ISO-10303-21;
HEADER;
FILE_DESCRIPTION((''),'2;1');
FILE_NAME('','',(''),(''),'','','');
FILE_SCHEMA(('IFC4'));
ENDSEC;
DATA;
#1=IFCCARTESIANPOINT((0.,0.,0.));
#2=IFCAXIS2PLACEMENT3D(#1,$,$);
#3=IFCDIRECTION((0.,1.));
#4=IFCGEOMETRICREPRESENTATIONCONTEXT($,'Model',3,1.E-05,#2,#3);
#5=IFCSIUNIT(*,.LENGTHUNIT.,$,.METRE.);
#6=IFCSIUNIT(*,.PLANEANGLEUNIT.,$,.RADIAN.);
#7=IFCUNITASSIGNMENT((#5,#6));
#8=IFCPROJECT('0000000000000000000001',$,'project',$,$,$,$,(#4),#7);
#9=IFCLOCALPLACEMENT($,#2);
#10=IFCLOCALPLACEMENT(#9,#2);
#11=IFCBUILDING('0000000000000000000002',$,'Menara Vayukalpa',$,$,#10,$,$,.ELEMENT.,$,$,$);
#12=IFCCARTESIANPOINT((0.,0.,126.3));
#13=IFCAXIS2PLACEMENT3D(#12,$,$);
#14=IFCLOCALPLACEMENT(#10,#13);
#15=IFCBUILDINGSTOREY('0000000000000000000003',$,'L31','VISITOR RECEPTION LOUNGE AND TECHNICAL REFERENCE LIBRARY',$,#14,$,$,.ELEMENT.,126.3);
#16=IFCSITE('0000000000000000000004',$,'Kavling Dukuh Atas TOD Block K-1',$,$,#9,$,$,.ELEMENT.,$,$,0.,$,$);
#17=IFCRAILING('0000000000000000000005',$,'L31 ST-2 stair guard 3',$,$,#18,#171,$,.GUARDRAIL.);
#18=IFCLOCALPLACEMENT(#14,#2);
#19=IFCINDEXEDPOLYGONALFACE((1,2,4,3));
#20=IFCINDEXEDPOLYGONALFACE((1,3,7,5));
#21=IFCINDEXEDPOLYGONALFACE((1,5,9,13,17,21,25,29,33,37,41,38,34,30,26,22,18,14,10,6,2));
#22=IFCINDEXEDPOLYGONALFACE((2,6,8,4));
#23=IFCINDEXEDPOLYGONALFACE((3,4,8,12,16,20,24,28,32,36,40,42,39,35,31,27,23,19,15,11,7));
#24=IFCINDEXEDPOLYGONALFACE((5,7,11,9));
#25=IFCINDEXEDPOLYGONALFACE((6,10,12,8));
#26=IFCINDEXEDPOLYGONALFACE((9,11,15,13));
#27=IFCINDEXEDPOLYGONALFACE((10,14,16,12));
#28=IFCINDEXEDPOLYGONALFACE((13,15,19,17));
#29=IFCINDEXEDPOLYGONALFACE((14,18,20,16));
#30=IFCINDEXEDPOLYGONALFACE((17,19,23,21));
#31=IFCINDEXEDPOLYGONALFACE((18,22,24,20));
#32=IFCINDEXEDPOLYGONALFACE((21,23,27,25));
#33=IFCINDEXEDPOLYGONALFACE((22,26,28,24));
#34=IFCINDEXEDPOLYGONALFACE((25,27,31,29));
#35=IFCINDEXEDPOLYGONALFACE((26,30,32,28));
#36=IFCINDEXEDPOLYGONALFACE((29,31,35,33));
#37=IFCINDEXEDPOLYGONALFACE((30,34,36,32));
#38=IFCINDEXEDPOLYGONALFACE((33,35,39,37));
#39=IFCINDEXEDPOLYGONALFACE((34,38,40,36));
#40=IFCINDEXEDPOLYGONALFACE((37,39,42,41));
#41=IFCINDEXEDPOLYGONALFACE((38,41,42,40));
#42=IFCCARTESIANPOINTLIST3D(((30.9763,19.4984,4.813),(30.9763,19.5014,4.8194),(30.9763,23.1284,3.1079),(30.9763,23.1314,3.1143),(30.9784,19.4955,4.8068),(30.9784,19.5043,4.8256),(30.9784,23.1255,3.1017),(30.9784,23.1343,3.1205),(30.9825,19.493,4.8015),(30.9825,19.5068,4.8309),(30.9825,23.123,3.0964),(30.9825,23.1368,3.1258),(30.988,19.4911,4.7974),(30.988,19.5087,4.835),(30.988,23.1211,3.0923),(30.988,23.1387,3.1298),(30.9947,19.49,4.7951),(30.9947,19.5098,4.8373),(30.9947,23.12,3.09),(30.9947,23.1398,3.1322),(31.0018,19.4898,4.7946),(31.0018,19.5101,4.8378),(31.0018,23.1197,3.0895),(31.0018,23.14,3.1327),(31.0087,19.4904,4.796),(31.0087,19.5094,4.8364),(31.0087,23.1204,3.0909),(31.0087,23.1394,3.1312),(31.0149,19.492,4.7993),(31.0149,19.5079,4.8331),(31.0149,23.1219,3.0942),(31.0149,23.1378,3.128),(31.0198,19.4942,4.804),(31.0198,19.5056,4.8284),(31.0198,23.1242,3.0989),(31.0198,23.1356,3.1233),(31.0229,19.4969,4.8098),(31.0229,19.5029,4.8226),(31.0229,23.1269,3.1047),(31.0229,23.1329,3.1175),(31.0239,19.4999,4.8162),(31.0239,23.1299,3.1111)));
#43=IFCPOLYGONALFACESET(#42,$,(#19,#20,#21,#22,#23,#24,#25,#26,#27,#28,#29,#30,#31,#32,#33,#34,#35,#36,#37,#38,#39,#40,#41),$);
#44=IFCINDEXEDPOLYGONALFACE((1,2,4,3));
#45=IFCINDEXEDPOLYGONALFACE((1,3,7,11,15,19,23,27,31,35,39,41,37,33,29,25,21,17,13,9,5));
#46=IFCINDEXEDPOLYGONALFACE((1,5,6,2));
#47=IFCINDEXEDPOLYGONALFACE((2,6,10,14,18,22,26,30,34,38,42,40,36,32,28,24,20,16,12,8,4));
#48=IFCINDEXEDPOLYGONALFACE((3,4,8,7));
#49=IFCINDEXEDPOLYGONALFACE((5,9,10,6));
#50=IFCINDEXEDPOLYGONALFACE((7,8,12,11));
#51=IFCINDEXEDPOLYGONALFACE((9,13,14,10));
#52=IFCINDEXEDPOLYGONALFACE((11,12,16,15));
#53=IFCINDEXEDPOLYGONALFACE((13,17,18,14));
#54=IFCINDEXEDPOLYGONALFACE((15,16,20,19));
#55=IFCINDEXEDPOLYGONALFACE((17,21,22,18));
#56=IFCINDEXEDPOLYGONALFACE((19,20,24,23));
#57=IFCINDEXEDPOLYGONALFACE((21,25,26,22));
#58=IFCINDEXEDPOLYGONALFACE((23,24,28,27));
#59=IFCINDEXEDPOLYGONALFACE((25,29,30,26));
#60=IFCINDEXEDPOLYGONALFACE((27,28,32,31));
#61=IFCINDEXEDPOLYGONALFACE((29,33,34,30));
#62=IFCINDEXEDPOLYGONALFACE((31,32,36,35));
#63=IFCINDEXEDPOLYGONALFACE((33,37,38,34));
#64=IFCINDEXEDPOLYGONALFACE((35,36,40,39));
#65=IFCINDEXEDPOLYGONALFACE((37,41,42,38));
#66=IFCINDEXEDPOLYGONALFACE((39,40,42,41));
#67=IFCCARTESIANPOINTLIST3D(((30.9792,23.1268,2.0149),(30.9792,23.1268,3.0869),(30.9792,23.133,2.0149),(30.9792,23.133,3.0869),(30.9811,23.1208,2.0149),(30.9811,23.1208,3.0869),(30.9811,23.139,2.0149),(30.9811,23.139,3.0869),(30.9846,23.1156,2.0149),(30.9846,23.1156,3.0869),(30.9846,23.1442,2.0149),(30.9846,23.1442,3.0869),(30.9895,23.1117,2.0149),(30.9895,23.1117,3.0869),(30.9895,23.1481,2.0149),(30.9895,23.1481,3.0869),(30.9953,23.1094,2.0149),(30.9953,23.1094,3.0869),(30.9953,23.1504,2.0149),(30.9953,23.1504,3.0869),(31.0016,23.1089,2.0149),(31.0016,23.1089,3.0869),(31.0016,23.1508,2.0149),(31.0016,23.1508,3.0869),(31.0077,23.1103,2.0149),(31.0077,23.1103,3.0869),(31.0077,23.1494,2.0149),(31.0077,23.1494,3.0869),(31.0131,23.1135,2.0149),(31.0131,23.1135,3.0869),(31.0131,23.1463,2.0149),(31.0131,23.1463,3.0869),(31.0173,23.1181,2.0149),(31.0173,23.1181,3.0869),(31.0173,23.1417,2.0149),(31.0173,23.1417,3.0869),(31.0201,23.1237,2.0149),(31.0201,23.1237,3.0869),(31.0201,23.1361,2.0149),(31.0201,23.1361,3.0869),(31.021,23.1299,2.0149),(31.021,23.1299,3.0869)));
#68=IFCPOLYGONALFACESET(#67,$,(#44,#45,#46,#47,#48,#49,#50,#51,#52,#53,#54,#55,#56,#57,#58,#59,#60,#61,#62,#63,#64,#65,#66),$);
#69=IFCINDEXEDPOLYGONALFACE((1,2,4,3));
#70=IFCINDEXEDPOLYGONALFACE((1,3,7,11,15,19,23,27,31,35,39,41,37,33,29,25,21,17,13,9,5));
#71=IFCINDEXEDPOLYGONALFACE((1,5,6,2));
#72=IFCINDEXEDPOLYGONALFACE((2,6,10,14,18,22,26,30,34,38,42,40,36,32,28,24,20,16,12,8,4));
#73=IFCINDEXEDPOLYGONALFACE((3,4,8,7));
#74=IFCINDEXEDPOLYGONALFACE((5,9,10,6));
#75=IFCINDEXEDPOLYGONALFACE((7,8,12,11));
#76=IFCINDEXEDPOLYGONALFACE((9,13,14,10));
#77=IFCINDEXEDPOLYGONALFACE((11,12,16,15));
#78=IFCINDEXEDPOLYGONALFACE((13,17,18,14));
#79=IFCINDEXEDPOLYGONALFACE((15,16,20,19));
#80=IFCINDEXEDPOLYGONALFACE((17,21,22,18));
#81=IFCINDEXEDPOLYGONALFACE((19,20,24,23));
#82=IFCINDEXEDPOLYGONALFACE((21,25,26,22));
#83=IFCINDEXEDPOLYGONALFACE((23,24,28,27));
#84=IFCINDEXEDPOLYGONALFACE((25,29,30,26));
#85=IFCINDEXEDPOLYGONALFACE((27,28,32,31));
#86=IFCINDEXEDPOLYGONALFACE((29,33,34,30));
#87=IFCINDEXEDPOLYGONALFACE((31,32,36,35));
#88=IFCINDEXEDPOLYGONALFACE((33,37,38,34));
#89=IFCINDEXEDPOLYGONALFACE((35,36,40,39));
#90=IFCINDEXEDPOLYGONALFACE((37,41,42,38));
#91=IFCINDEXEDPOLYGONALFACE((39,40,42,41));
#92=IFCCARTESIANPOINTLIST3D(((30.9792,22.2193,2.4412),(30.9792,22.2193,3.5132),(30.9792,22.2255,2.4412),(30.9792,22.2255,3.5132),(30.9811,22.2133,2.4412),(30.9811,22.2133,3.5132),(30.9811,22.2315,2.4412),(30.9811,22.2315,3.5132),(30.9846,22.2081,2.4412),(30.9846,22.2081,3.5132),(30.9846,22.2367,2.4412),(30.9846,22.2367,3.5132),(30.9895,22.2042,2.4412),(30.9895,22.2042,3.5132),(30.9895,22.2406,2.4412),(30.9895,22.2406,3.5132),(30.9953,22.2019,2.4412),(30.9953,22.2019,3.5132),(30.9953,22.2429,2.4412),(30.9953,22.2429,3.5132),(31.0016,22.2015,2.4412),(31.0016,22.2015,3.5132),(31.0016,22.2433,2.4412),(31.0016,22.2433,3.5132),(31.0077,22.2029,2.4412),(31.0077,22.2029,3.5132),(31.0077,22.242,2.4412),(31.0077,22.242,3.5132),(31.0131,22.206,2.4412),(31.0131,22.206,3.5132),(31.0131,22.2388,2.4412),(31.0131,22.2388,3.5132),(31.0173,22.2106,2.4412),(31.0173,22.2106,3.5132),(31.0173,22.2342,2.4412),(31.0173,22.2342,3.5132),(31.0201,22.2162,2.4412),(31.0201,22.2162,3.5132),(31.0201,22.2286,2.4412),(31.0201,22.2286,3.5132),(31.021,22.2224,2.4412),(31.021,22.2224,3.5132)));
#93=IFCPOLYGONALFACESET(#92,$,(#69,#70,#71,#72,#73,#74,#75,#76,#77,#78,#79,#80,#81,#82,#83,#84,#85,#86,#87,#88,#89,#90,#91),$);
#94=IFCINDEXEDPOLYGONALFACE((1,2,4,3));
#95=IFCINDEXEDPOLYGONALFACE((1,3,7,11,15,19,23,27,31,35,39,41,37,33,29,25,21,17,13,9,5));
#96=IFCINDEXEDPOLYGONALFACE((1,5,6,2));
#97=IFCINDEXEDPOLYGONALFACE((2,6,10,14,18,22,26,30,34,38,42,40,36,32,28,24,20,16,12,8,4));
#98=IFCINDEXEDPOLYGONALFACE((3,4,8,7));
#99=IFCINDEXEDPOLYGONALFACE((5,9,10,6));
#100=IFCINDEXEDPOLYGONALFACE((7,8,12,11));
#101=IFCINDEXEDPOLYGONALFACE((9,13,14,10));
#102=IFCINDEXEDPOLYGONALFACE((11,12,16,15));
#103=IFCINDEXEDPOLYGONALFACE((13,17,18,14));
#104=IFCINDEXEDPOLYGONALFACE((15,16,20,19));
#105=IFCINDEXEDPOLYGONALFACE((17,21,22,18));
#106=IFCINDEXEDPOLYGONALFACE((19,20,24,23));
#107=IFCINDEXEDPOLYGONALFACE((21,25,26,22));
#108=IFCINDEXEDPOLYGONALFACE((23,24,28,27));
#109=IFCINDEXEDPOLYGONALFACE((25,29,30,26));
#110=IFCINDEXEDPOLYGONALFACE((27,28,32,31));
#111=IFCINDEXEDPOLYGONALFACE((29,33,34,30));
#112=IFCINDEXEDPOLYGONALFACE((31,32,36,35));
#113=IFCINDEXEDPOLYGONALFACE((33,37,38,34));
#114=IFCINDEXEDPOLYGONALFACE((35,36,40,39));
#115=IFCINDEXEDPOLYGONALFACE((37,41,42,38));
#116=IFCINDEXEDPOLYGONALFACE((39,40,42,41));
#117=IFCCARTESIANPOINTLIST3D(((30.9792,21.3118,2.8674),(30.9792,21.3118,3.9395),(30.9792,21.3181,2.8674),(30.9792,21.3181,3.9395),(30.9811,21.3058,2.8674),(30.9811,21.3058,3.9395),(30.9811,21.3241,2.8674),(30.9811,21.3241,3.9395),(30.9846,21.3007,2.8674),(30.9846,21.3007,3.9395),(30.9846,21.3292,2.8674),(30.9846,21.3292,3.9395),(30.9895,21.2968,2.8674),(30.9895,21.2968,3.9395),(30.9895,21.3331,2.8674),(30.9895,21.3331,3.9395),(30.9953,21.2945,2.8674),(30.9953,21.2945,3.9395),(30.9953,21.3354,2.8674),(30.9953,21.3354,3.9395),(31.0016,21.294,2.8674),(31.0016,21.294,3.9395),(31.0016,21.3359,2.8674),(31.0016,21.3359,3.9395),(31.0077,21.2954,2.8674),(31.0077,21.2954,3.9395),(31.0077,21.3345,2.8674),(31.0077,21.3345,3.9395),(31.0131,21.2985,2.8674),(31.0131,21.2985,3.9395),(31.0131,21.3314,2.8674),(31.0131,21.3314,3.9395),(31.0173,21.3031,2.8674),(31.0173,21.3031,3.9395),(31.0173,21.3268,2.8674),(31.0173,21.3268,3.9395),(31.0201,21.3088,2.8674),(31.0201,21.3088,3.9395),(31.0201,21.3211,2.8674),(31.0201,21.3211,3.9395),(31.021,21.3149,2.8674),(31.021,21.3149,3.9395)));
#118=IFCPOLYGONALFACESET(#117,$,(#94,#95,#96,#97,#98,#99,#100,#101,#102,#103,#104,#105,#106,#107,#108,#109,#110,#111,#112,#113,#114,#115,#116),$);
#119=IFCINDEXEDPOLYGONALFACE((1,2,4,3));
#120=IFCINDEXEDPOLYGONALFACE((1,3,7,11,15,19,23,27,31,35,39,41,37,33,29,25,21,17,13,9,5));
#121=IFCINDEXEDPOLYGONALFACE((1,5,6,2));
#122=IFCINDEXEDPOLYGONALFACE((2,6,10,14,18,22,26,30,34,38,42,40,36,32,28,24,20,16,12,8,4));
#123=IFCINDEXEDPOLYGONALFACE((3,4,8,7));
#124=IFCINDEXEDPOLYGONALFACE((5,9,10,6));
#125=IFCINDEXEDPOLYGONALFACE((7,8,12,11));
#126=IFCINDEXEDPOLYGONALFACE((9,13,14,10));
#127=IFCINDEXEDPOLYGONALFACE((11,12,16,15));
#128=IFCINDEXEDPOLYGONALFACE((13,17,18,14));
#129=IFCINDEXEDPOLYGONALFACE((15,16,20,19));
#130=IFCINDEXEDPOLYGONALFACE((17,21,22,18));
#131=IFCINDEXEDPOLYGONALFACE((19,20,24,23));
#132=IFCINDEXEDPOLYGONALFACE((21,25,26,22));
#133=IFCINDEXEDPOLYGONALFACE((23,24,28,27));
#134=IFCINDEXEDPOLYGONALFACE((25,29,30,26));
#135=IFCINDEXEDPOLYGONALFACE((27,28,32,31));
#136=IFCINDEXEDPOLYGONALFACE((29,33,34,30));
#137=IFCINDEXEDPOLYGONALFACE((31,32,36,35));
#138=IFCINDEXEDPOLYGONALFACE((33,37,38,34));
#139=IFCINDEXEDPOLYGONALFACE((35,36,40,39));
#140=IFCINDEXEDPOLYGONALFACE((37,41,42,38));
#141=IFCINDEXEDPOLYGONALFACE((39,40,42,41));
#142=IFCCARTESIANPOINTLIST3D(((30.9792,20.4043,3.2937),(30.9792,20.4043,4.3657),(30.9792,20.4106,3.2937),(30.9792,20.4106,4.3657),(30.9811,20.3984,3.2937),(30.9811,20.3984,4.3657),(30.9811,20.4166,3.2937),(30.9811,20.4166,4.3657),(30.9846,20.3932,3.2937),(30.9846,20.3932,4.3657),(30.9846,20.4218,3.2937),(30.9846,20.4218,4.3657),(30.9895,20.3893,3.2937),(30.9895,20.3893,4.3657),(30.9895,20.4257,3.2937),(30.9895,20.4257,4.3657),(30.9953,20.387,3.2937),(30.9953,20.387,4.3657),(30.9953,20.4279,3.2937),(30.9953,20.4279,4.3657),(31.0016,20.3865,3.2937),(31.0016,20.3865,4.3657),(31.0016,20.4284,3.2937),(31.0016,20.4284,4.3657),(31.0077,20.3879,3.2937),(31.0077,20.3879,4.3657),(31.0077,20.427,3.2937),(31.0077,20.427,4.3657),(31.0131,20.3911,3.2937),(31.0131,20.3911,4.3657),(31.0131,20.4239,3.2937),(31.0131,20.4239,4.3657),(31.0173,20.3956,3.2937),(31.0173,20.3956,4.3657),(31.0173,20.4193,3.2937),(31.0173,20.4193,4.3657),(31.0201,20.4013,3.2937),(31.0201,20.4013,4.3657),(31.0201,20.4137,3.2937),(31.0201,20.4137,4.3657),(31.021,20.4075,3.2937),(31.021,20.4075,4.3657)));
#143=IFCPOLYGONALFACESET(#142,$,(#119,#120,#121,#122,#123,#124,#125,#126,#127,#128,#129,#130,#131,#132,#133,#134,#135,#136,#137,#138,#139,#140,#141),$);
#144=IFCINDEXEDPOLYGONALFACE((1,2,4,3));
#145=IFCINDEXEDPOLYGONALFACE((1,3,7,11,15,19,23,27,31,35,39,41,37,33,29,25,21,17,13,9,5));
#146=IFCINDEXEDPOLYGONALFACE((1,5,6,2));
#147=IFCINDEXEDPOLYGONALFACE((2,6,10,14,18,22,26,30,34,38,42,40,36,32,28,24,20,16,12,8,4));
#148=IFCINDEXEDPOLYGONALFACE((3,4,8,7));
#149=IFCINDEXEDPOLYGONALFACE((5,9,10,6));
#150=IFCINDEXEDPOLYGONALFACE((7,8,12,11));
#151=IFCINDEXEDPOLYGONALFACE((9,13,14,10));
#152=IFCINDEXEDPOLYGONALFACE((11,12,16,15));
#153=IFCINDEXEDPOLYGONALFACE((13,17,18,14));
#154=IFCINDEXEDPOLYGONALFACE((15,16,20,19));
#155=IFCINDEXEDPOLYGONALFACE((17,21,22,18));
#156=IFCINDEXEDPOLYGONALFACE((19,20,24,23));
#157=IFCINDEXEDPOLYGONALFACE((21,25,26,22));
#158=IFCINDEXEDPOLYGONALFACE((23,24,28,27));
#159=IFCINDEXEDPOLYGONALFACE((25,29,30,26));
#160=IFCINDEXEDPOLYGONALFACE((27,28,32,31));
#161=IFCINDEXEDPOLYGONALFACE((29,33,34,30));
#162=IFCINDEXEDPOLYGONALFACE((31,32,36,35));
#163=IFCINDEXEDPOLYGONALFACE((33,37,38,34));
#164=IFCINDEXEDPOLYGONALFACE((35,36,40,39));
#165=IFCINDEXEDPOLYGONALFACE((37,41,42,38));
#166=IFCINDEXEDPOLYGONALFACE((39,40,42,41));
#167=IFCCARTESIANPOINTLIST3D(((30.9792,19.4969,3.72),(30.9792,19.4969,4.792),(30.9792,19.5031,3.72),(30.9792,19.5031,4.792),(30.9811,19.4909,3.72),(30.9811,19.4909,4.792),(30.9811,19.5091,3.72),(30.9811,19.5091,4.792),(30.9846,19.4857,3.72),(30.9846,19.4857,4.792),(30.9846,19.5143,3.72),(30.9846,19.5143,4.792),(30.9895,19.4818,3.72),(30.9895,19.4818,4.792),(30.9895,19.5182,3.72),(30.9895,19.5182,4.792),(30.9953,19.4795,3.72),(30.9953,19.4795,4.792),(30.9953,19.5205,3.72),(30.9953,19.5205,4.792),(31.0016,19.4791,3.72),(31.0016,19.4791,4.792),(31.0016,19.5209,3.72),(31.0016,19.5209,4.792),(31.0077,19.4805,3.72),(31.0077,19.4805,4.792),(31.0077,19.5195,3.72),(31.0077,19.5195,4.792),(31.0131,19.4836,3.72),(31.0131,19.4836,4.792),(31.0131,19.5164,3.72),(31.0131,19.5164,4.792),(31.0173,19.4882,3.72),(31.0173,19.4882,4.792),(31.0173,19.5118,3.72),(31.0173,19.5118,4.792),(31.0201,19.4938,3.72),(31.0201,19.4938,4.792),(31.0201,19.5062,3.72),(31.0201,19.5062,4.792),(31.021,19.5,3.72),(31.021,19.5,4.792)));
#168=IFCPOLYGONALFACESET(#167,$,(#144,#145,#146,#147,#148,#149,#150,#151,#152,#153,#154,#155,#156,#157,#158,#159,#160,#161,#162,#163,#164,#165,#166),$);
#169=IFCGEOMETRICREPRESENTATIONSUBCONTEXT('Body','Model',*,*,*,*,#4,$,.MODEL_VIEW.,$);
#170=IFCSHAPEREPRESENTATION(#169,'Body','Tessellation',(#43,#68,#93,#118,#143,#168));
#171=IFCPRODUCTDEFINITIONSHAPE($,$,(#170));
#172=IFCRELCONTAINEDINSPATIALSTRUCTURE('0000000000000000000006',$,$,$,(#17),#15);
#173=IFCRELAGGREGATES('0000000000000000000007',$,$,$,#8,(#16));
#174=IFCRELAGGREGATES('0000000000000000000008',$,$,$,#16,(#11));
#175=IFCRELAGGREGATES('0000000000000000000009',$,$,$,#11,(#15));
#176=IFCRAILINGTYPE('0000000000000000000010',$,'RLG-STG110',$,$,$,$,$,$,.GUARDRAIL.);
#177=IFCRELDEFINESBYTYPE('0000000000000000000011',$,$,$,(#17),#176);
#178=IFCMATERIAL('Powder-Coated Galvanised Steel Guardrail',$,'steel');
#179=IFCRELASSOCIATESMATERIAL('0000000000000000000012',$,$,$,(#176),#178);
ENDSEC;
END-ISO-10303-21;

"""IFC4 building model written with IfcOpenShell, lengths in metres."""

from ifc_helpers import new_model, si_unit, direction, frame, origin, origin_2d, place, context, subcontext, project, spatial, circle, extrude, material, type_object, element, save


model = new_model("IFC4")

# Units and contexts
model_context = context("Model", 3, precision=1e-05, world=origin(), true_north=direction((0.0, 1.0)))
body_context = subcontext(model_context, "Body", "Model", "MODEL_VIEW")
ifc_project = project(units=[si_unit("LENGTHUNIT", "METRE"), si_unit("PLANEANGLEUNIT", "RADIAN")], contexts=[model_context])

# Site, building, storey
site_placement = place(None, origin())
site = spatial("IfcSite", under=ifc_project, at=site_placement, Name="Kavling Dukuh Atas TOD Block K-1", CompositionType="ELEMENT", RefElevation=0.0)
building_placement = place(site_placement, origin())
building = spatial("IfcBuilding", under=site, at=building_placement, Name="Menara Vayukalpa", CompositionType="ELEMENT")
storey_placement = place(building_placement, frame((0.0, 0.0, 126.3)))
storey = spatial("IfcBuildingStorey", under=building, at=storey_placement, Name="L31", Description="VISITOR RECEPTION LOUNGE AND TECHNICAL REFERENCE LIBRARY", CompositionType="ELEMENT", Elevation=126.3)

# Railing
ifc_material_1 = material(Name="Powder-Coated Galvanised Steel Guardrail", Category="steel")
railing_type_1 = type_object("IfcRailingType", Name="RLG-STG110", PredefinedType="GUARDRAIL", material=ifc_material_1)
railing_1_placement = place(storey_placement, frame((31.0, 23.1299, 2.0149)))
element("IfcRailing", 1, at=railing_1_placement, inside=storey, type_object=railing_type_1, Name="L31 ST-2 stair guard 3", PredefinedType="GUARDRAIL", context=body_context, shape_type="SweptSolid", body=[
    extrude(circle(Radius=0.0239, at=origin_2d()), frame((0.0, 0.0, 1.0962), z_axis=(0.0, -0.905116, 0.425164), x_axis=(1.0, 0.0, 0.0)), (0.0, 0.0, 1.0), 4.0105),
    extrude(circle(Radius=0.021, at=origin_2d()), origin(), (0.0, 0.0, 1.0), 1.072),
    extrude(circle(Radius=0.021, at=origin_2d()), frame((0.0, -0.9075, 0.4263)), (0.0, 0.0, 1.0), 1.072),
    extrude(circle(Radius=0.021, at=origin_2d()), frame((0.0, -1.8149, 0.8525)), (0.0, 0.0, 1.0), 1.072),
    extrude(circle(Radius=0.021, at=origin_2d()), frame((0.0, -2.7224, 1.2788)), (0.0, 0.0, 1.0), 1.072),
    extrude(circle(Radius=0.021, at=origin_2d()), frame((0.0, -3.6299, 1.7051)), (0.0, 0.0, 1.0), 1.072),
])

save(model, "model.ifc")
